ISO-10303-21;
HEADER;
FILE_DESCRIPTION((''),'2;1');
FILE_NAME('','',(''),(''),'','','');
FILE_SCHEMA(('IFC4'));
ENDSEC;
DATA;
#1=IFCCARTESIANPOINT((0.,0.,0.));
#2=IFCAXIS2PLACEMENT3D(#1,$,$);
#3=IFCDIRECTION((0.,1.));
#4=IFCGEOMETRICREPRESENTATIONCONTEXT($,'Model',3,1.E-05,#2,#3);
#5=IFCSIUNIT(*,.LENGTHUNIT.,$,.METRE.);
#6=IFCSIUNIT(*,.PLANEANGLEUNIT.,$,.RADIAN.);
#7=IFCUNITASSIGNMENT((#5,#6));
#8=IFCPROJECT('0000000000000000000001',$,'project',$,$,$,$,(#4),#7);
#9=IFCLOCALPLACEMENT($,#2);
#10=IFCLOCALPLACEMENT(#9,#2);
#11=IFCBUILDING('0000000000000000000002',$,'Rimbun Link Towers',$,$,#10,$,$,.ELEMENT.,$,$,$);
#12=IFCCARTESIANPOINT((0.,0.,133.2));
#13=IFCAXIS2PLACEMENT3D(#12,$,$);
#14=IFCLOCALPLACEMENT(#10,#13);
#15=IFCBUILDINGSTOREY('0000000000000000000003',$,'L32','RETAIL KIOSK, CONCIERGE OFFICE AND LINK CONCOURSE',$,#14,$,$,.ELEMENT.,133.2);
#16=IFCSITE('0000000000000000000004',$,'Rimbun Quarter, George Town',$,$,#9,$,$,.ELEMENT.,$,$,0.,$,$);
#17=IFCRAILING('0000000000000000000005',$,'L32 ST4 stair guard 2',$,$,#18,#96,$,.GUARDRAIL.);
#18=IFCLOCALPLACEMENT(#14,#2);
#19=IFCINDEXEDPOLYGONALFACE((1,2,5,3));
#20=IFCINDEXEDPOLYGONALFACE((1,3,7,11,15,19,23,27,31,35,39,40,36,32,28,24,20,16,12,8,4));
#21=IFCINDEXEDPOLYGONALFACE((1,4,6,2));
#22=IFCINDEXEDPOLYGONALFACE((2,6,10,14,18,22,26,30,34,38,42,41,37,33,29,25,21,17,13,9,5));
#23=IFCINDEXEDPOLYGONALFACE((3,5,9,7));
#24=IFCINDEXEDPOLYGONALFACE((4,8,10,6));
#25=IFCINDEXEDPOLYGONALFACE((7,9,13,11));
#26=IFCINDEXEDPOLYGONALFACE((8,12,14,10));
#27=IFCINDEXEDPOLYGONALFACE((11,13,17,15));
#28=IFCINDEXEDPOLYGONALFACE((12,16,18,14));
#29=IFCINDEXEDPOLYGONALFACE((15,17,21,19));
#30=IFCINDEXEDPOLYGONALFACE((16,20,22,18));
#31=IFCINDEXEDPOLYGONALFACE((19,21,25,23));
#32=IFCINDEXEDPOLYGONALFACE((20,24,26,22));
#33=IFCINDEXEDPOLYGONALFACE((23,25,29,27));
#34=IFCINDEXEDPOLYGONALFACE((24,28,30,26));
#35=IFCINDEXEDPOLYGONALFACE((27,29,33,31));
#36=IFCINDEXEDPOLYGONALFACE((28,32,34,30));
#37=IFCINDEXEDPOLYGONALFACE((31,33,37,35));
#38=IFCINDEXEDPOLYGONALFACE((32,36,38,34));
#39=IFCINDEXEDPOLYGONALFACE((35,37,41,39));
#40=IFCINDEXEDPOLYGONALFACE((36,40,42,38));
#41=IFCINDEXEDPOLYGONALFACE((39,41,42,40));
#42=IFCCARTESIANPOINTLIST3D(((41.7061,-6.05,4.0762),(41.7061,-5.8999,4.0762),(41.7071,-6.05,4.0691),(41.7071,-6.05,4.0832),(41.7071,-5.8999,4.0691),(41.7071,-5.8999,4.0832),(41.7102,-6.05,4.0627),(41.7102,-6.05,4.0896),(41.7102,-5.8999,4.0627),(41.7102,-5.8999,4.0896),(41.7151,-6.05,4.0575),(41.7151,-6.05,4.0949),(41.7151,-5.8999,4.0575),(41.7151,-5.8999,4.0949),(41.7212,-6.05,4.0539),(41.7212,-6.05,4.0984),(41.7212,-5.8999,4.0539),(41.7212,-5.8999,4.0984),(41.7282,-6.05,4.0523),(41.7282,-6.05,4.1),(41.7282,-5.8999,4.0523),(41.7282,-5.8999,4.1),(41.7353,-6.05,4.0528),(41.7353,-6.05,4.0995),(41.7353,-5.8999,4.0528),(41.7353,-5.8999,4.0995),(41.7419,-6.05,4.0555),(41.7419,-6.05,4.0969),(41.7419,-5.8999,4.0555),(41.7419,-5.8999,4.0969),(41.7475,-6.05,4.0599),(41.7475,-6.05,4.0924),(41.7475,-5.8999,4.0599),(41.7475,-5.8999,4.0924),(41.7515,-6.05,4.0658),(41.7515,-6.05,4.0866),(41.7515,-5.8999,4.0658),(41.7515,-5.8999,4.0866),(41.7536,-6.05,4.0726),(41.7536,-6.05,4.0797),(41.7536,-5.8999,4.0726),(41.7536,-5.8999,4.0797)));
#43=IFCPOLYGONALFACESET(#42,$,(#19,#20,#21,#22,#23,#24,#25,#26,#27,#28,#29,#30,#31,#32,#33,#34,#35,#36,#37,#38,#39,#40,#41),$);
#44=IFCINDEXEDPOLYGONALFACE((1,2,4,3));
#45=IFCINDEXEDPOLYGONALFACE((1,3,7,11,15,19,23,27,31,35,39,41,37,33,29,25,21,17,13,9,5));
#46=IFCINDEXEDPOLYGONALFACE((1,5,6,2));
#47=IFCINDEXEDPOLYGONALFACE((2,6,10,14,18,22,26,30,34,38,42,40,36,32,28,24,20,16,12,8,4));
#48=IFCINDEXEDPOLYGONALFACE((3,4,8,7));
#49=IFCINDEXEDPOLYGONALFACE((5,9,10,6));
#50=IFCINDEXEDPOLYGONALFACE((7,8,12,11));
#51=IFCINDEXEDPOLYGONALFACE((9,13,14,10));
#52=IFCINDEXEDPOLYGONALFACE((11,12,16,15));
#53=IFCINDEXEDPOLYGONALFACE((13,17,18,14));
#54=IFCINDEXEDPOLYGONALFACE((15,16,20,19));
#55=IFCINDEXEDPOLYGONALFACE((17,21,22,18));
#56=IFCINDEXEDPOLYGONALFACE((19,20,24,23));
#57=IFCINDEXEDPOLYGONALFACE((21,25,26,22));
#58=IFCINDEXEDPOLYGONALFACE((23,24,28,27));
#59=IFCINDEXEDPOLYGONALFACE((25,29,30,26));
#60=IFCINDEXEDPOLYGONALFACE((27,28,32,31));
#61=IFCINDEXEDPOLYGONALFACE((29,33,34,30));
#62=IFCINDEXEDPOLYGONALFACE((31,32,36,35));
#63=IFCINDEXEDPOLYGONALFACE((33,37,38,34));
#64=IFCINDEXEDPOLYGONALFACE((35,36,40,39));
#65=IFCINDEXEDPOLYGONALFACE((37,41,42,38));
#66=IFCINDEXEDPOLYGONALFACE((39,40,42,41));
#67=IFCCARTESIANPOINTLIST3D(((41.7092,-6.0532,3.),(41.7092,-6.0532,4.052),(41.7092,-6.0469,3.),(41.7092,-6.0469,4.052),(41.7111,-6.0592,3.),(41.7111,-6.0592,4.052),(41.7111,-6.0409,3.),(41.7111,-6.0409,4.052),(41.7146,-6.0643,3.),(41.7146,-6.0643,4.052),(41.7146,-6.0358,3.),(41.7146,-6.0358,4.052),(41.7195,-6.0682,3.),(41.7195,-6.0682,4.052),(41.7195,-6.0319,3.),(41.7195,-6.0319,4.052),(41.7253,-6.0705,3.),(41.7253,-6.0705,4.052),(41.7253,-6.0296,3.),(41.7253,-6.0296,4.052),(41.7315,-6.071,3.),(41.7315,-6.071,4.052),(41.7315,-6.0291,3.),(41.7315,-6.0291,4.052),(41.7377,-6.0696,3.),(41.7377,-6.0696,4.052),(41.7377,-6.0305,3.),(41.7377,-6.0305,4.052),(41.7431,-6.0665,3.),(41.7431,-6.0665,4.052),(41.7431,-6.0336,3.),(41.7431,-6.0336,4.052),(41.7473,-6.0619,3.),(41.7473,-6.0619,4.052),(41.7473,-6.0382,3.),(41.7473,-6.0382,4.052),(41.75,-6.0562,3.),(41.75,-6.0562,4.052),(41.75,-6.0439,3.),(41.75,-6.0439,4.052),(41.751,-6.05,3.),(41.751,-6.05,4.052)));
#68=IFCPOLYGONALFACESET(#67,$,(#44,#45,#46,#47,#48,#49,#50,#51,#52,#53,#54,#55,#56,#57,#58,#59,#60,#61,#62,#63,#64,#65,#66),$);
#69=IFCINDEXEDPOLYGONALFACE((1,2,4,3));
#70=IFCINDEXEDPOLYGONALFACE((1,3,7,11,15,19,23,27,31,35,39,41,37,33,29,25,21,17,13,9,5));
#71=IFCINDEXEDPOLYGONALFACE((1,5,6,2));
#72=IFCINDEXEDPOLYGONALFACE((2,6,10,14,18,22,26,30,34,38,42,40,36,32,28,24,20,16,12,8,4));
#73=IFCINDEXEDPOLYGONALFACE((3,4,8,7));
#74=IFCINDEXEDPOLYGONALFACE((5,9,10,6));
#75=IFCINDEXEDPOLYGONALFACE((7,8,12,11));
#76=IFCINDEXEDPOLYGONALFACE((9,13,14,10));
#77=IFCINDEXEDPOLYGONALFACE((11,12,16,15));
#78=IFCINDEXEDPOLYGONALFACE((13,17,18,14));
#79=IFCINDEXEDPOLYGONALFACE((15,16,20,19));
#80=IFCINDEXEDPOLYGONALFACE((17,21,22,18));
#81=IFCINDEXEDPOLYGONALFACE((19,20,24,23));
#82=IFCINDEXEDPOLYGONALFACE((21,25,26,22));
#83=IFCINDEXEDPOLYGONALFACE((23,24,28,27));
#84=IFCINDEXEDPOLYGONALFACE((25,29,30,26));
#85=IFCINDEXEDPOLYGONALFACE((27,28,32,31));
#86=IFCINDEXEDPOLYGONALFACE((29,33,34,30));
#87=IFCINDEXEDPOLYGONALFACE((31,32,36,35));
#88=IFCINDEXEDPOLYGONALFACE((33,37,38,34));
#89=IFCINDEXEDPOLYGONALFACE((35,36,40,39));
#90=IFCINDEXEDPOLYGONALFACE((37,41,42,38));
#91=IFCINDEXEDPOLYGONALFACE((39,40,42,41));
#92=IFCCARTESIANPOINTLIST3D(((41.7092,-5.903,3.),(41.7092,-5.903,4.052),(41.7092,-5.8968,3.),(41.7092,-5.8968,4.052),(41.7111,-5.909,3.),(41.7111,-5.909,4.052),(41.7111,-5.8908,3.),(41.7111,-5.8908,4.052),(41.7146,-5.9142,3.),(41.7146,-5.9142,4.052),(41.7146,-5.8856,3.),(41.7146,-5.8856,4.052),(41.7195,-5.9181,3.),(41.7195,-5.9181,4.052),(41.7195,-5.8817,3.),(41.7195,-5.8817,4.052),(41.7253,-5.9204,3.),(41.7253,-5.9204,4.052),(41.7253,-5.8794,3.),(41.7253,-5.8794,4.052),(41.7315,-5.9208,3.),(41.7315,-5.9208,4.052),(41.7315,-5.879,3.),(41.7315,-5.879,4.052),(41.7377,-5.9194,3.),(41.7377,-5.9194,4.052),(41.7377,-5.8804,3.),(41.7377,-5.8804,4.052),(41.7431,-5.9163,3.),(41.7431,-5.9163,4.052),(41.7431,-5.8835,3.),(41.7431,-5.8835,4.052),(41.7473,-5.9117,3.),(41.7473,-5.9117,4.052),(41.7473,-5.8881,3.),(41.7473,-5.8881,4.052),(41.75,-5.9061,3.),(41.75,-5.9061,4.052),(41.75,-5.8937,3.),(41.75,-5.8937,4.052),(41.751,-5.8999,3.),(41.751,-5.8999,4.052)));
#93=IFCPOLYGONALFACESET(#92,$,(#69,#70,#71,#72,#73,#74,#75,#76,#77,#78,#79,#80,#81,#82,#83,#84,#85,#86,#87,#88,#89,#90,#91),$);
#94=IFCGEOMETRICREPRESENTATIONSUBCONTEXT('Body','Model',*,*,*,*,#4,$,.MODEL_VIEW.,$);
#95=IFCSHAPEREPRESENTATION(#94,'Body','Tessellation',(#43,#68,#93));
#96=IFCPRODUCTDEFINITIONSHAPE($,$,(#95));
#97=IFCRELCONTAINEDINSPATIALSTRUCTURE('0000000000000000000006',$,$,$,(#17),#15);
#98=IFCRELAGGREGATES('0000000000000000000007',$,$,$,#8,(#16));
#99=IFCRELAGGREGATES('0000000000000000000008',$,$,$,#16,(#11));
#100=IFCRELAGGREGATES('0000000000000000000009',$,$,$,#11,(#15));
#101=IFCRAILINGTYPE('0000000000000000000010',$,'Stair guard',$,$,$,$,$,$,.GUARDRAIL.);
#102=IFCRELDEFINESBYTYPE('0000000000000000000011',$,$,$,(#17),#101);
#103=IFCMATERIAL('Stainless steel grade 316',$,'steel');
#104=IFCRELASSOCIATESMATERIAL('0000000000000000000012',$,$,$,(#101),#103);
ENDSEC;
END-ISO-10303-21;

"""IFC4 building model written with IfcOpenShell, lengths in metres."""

from ifc_helpers import new_model, si_unit, direction, frame, origin, origin_2d, place, context, subcontext, project, spatial, circle, extrude, material, type_object, element, save


model = new_model("IFC4")

# Units and contexts
model_context = context("Model", 3, precision=1e-05, world=origin(), true_north=direction((0.0, 1.0)))
body_context = subcontext(model_context, "Body", "Model", "MODEL_VIEW")
ifc_project = project(units=[si_unit("LENGTHUNIT", "METRE"), si_unit("PLANEANGLEUNIT", "RADIAN")], contexts=[model_context])

# Site, building, storey
site_placement = place(None, origin())
site = spatial("IfcSite", under=ifc_project, at=site_placement, Name="Rimbun Quarter, George Town", CompositionType="ELEMENT", RefElevation=0.0)
building_placement = place(site_placement, origin())
building = spatial("IfcBuilding", under=site, at=building_placement, Name="Rimbun Link Towers", CompositionType="ELEMENT")
storey_placement = place(building_placement, frame((0.0, 0.0, 133.2)))
storey = spatial("IfcBuildingStorey", under=building, at=storey_placement, Name="L32", Description="RETAIL KIOSK, CONCIERGE OFFICE AND LINK CONCOURSE", CompositionType="ELEMENT", Elevation=133.2)

# Railing
ifc_material_1 = material(Name="Stainless steel grade 316", Category="steel")
railing_type_1 = type_object("IfcRailingType", Name="Stair guard", PredefinedType="GUARDRAIL", material=ifc_material_1)
railing_1_placement = place(storey_placement, frame((41.73, -6.05, 3.0)))
element("IfcRailing", 1, at=railing_1_placement, inside=storey, type_object=railing_type_1, Name="L32 ST4 stair guard 2", PredefinedType="GUARDRAIL", context=body_context, shape_type="SweptSolid", body=[
    extrude(circle(Radius=0.0239, at=origin_2d()), frame((0.0, 0.0, 1.0762), z_axis=(0.0, 1.0, 0.0), x_axis=(-1.0, 0.0, 0.0)), (0.0, 0.0, 1.0), 0.1501),
    extrude(circle(Radius=0.021, at=origin_2d()), origin(), (0.0, 0.0, 1.0), 1.052),
    extrude(circle(Radius=0.021, at=origin_2d()), frame((0.0, 0.1501, 0.0)), (0.0, 0.0, 1.0), 1.052),
])

save(model, "model.ifc")
